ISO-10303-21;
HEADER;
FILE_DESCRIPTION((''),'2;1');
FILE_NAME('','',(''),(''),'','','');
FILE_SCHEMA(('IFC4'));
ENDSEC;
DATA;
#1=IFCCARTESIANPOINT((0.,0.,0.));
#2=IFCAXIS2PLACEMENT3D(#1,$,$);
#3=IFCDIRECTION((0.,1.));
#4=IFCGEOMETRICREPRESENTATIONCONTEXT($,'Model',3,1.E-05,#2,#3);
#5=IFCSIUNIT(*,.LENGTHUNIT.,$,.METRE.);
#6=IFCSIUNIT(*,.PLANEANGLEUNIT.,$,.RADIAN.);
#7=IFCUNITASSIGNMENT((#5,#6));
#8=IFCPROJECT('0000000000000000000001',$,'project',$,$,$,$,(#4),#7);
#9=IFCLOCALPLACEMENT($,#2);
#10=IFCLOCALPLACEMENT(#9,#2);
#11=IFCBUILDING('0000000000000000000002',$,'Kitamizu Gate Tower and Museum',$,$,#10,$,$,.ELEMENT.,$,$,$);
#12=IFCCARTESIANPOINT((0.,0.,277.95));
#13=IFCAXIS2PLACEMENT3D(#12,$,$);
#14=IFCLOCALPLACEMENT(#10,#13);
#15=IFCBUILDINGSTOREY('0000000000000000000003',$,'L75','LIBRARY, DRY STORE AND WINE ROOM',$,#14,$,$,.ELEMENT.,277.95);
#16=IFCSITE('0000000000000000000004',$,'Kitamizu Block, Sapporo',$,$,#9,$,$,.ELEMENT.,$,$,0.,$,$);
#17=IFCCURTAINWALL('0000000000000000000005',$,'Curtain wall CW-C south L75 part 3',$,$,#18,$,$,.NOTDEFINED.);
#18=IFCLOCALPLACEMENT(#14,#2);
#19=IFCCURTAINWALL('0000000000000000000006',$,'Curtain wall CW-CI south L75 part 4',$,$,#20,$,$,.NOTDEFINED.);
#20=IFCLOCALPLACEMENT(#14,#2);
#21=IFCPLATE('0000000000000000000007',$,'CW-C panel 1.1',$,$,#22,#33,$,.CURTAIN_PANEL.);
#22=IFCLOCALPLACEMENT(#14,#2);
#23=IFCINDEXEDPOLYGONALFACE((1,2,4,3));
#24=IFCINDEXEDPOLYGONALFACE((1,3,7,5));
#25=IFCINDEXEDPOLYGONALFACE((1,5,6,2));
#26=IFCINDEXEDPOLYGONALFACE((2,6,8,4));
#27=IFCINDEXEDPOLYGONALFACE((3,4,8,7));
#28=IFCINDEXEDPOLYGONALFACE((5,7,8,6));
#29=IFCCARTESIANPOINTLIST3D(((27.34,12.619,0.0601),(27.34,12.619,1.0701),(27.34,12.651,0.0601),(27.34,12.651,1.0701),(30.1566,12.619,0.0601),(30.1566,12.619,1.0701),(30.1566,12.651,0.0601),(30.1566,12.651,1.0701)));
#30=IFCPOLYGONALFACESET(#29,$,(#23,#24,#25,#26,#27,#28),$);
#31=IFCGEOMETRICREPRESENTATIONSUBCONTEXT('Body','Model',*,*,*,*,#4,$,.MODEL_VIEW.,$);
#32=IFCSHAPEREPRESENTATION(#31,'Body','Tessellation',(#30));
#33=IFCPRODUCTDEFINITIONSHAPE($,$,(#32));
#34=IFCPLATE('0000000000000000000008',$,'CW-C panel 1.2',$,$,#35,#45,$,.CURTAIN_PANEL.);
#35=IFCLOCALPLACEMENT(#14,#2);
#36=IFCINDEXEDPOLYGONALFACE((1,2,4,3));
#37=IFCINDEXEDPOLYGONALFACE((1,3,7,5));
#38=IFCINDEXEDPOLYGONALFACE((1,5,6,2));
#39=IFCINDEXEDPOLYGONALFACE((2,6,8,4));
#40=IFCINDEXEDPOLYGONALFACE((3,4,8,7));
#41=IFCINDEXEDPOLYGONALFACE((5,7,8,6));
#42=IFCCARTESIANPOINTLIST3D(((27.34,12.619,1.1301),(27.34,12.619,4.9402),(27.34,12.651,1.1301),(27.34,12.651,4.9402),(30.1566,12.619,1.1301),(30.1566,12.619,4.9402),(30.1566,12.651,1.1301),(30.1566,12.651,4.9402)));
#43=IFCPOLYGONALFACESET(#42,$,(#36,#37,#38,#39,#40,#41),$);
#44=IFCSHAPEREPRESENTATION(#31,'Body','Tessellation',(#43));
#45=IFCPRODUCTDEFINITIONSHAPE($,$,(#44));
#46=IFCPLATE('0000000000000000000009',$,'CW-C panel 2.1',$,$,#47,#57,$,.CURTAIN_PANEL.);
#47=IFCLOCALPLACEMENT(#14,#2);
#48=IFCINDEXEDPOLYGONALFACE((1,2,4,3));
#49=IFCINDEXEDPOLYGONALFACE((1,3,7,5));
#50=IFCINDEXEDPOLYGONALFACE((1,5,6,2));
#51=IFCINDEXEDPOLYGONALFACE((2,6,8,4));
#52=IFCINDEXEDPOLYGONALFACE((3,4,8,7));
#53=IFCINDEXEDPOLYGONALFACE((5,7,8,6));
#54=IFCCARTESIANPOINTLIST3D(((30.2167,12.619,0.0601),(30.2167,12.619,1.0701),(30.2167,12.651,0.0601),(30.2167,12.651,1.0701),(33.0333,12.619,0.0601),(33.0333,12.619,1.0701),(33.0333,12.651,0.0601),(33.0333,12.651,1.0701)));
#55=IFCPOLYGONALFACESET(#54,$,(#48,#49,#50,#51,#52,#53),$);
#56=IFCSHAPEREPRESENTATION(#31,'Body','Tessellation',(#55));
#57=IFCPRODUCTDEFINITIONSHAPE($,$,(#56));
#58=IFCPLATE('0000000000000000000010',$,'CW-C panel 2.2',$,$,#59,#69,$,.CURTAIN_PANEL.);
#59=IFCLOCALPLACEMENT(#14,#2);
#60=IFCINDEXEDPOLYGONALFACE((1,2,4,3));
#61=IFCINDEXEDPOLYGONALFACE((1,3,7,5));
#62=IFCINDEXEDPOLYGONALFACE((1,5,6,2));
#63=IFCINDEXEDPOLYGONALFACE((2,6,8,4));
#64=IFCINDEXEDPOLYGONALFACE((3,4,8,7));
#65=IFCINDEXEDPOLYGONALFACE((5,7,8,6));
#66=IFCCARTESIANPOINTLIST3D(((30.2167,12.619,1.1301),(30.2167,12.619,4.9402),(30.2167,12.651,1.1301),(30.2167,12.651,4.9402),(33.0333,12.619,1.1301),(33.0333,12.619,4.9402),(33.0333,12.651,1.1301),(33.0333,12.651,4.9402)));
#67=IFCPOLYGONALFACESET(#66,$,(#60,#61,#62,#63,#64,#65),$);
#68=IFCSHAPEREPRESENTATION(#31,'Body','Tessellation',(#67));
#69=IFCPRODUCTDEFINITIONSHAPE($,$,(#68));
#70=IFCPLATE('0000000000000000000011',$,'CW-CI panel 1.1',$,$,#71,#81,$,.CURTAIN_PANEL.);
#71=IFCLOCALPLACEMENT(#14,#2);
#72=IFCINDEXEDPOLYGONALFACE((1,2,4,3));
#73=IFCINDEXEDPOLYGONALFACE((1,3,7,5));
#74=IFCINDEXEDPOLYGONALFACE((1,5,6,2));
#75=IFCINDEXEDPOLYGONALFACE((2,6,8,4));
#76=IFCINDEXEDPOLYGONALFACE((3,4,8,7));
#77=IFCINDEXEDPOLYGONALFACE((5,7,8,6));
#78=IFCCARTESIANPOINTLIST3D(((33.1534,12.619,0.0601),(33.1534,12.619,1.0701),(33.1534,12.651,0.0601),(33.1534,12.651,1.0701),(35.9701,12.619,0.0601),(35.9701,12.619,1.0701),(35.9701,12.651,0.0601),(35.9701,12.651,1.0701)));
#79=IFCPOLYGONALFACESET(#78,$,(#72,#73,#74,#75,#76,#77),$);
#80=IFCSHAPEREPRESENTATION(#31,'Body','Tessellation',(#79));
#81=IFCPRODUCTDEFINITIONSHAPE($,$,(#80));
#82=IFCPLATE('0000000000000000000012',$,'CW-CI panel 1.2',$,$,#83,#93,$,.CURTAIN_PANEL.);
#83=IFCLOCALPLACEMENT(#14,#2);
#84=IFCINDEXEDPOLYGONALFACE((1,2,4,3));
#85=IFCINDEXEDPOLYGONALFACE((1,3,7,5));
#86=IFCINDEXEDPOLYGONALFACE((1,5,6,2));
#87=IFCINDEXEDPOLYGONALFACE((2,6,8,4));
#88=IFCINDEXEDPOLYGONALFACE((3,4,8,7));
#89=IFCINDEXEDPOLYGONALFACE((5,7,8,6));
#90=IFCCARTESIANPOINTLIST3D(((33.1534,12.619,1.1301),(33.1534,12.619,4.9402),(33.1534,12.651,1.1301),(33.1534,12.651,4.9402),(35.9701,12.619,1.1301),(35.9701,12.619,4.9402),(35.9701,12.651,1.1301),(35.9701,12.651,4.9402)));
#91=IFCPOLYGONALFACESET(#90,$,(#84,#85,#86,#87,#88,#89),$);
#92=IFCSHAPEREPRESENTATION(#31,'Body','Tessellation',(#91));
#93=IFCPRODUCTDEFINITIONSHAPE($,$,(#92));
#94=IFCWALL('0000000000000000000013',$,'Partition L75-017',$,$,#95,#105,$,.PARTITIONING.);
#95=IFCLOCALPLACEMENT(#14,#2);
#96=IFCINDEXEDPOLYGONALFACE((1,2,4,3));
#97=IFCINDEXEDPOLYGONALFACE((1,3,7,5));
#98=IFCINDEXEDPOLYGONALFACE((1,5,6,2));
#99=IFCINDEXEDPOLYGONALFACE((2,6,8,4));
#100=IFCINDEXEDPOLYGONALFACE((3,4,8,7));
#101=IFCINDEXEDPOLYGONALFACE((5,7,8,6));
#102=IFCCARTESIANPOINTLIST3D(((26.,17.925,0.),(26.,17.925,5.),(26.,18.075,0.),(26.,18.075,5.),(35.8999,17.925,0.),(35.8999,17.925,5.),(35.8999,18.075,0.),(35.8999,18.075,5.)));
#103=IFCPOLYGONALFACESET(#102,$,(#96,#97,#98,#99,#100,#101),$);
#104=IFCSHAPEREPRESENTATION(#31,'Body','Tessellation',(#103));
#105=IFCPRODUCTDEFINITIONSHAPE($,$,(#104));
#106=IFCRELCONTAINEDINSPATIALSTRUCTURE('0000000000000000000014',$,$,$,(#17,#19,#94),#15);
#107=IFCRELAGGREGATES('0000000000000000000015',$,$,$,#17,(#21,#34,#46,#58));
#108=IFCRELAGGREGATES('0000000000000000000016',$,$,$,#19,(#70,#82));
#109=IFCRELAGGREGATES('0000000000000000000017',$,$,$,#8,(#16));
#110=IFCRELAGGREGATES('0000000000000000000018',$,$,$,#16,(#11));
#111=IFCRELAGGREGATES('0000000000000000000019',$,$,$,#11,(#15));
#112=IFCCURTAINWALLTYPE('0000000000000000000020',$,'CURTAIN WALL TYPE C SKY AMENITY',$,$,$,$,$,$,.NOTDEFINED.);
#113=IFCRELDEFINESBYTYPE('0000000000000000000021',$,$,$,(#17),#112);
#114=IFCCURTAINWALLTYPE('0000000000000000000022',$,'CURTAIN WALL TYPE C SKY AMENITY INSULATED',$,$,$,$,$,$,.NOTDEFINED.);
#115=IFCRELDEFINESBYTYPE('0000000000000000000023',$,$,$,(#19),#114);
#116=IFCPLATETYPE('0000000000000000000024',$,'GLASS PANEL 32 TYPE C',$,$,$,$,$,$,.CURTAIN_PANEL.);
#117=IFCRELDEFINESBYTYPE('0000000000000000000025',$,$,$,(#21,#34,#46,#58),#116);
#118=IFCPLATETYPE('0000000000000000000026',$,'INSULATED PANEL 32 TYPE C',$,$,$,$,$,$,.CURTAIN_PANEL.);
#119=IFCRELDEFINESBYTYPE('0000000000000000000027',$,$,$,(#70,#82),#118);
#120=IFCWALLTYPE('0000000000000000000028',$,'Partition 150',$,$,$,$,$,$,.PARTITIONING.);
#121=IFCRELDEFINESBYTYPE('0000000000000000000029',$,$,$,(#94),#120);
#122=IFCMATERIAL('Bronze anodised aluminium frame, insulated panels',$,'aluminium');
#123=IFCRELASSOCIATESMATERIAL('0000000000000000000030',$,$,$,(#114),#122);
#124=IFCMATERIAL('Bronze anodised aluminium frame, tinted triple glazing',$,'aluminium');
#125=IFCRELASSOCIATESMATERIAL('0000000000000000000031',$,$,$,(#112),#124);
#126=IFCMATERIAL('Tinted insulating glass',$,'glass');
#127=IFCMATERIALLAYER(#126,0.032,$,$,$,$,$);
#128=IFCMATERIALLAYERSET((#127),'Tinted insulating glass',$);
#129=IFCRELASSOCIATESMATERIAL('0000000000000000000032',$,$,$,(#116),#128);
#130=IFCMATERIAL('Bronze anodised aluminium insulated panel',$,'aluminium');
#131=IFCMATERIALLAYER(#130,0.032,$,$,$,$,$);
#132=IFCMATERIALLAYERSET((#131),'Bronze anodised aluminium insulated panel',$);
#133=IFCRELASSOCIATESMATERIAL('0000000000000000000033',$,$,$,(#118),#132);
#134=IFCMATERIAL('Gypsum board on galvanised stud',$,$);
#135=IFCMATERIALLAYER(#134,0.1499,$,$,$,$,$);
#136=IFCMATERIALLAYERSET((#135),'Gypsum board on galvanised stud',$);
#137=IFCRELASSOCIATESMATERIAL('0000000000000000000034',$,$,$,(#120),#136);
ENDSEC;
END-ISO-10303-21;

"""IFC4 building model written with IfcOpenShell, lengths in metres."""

from ifc_helpers import new_model, si_unit, direction, frame, frame_2d, origin, origin_2d, place, context, subcontext, project, spatial, rectangle, extrude, material, layer, layer_set, type_object, element, aggregate, save


model = new_model("IFC4")

# Units and contexts
model_context = context("Model", 3, precision=1e-05, world=origin(), true_north=direction((0.0, 1.0)))
body_context = subcontext(model_context, "Body", "Model", "MODEL_VIEW")
ifc_project = project(units=[si_unit("LENGTHUNIT", "METRE"), si_unit("PLANEANGLEUNIT", "RADIAN")], contexts=[model_context])

# Site, building, storey
site_placement = place(None, origin())
site = spatial("IfcSite", under=ifc_project, at=site_placement, Name="Kitamizu Block, Sapporo", CompositionType="ELEMENT", RefElevation=0.0)
building_placement = place(site_placement, origin())
building = spatial("IfcBuilding", under=site, at=building_placement, Name="Kitamizu Gate Tower and Museum", CompositionType="ELEMENT")
storey_placement = place(building_placement, frame((0.0, 0.0, 277.95)))
storey = spatial("IfcBuildingStorey", under=building, at=storey_placement, Name="L75", Description="LIBRARY, DRY STORE AND WINE ROOM", CompositionType="ELEMENT", Elevation=277.95)

# Shared definitions
ifc_material_1 = material(Name="Bronze anodised aluminium frame, insulated panels", Category="aluminium")
curtain_wall_type_1 = type_object("IfcCurtainWallType", Name="CURTAIN WALL TYPE C SKY AMENITY INSULATED", PredefinedType="NOTDEFINED", material=ifc_material_1)

# Curtain wall
ifc_material_2 = material(Name="Bronze anodised aluminium frame, tinted triple glazing", Category="aluminium")
curtain_wall_type_2 = type_object("IfcCurtainWallType", Name="CURTAIN WALL TYPE C SKY AMENITY", PredefinedType="NOTDEFINED", material=ifc_material_2)
curtain_wall_1_placement = place(storey_placement, origin())
curtain_wall_1 = element("IfcCurtainWall", 1, at=curtain_wall_1_placement, inside=storey, type_object=curtain_wall_type_2, Name="Curtain wall CW-C south L75 part 3", PredefinedType="NOTDEFINED")

# Curtain wall
curtain_wall_2_placement = place(storey_placement, origin())
curtain_wall_2 = element("IfcCurtainWall", 2, at=curtain_wall_2_placement, inside=storey, type_object=curtain_wall_type_1, Name="Curtain wall CW-CI south L75 part 4", PredefinedType="NOTDEFINED")

# Plates
ifc_material_3 = material(Name="Tinted insulating glass", Category="glass")
ifc_layer_1 = layer(ifc_material_3, 0.032)
ifc_layer_set_1 = layer_set([ifc_layer_1], Name="Tinted insulating glass")
plate_type_1 = type_object("IfcPlateType", Name="GLASS PANEL 32 TYPE C", PredefinedType="CURTAIN_PANEL", material=ifc_layer_set_1)
plate_1_placement = place(storey_placement, frame((28.7483, 12.635, 0.0601), z_axis=(0.0, 0.0, 1.0), x_axis=(1.0, 0.0, 0.0)))
plate_1 = element("IfcPlate", 3, at=plate_1_placement, type_object=plate_type_1, Name="CW-C panel 1.1", PredefinedType="CURTAIN_PANEL", context=body_context, shape_type="SweptSolid", body=[
    extrude(rectangle(XDim=2.8167, YDim=0.032, at=origin_2d()), origin(), (0.0, 0.0, 1.0), 1.01),
])
plate_2_placement = place(storey_placement, frame((28.7483, 12.635, 1.1301), z_axis=(0.0, 0.0, 1.0), x_axis=(1.0, 0.0, 0.0)))
plate_2 = element("IfcPlate", 4, at=plate_2_placement, type_object=plate_type_1, Name="CW-C panel 1.2", PredefinedType="CURTAIN_PANEL", context=body_context, shape_type="SweptSolid", body=[
    extrude(rectangle(XDim=2.8167, YDim=0.032, at=origin_2d()), origin(), (0.0, 0.0, 1.0), 3.8101),
])
plate_3_placement = place(storey_placement, frame((31.625, 12.635, 0.0601), z_axis=(0.0, 0.0, 1.0), x_axis=(1.0, 0.0, 0.0)))
plate_3 = element("IfcPlate", 5, at=plate_3_placement, type_object=plate_type_1, Name="CW-C panel 2.1", PredefinedType="CURTAIN_PANEL", context=body_context, shape_type="SweptSolid", body=[
    extrude(rectangle(XDim=2.8167, YDim=0.032, at=origin_2d()), origin(), (0.0, 0.0, 1.0), 1.01),
])
plate_4_placement = place(storey_placement, frame((31.625, 12.635, 1.1301), z_axis=(0.0, 0.0, 1.0), x_axis=(1.0, 0.0, 0.0)))
plate_4 = element("IfcPlate", 6, at=plate_4_placement, type_object=plate_type_1, Name="CW-C panel 2.2", PredefinedType="CURTAIN_PANEL", context=body_context, shape_type="SweptSolid", body=[
    extrude(rectangle(XDim=2.8167, YDim=0.032, at=origin_2d()), origin(), (0.0, 0.0, 1.0), 3.8101),
])
aggregate(curtain_wall_1, [plate_1, plate_2, plate_3, plate_4])
ifc_material_4 = material(Name="Bronze anodised aluminium insulated panel", Category="aluminium")
ifc_layer_2 = layer(ifc_material_4, 0.032)
ifc_layer_set_2 = layer_set([ifc_layer_2], Name="Bronze anodised aluminium insulated panel")
plate_type_2 = type_object("IfcPlateType", Name="INSULATED PANEL 32 TYPE C", PredefinedType="CURTAIN_PANEL", material=ifc_layer_set_2)
plate_5_placement = place(storey_placement, frame((34.5618, 12.635, 0.0601), z_axis=(0.0, 0.0, 1.0), x_axis=(1.0, 0.0, 0.0)))
plate_5 = element("IfcPlate", 7, at=plate_5_placement, type_object=plate_type_2, Name="CW-CI panel 1.1", PredefinedType="CURTAIN_PANEL", context=body_context, shape_type="SweptSolid", body=[
    extrude(rectangle(XDim=2.8167, YDim=0.032, at=origin_2d()), origin(), (0.0, 0.0, 1.0), 1.01),
])
plate_6_placement = place(storey_placement, frame((34.5618, 12.635, 1.1301), z_axis=(0.0, 0.0, 1.0), x_axis=(1.0, 0.0, 0.0)))
plate_6 = element("IfcPlate", 8, at=plate_6_placement, type_object=plate_type_2, Name="CW-CI panel 1.2", PredefinedType="CURTAIN_PANEL", context=body_context, shape_type="SweptSolid", body=[
    extrude(rectangle(XDim=2.8167, YDim=0.032, at=origin_2d()), origin(), (0.0, 0.0, 1.0), 3.8101),
])
aggregate(curtain_wall_2, [plate_5, plate_6])

# Wall
ifc_material_5 = material(Name="Gypsum board on galvanised stud")
ifc_layer_3 = layer(ifc_material_5, 0.1499)
ifc_layer_set_3 = layer_set([ifc_layer_3], Name="Gypsum board on galvanised stud")
wall_type = type_object("IfcWallType", Name="Partition 150", PredefinedType="PARTITIONING", material=ifc_layer_set_3)
wall_placement = place(storey_placement, frame((35.8999, 18.0, 0.0), z_axis=(0.0, 0.0, 1.0), x_axis=(-1.0, 0.0, 0.0)))
element("IfcWall", 9, at=wall_placement, inside=storey, type_object=wall_type, Name="Partition L75-017", PredefinedType="PARTITIONING", context=body_context, shape_type="SweptSolid", body=[
    extrude(rectangle(XDim=9.8999, YDim=0.1499, at=frame_2d((4.95, 0.0))), origin(), (0.0, 0.0, 1.0), 5.0),
])

save(model, "model.ifc")
